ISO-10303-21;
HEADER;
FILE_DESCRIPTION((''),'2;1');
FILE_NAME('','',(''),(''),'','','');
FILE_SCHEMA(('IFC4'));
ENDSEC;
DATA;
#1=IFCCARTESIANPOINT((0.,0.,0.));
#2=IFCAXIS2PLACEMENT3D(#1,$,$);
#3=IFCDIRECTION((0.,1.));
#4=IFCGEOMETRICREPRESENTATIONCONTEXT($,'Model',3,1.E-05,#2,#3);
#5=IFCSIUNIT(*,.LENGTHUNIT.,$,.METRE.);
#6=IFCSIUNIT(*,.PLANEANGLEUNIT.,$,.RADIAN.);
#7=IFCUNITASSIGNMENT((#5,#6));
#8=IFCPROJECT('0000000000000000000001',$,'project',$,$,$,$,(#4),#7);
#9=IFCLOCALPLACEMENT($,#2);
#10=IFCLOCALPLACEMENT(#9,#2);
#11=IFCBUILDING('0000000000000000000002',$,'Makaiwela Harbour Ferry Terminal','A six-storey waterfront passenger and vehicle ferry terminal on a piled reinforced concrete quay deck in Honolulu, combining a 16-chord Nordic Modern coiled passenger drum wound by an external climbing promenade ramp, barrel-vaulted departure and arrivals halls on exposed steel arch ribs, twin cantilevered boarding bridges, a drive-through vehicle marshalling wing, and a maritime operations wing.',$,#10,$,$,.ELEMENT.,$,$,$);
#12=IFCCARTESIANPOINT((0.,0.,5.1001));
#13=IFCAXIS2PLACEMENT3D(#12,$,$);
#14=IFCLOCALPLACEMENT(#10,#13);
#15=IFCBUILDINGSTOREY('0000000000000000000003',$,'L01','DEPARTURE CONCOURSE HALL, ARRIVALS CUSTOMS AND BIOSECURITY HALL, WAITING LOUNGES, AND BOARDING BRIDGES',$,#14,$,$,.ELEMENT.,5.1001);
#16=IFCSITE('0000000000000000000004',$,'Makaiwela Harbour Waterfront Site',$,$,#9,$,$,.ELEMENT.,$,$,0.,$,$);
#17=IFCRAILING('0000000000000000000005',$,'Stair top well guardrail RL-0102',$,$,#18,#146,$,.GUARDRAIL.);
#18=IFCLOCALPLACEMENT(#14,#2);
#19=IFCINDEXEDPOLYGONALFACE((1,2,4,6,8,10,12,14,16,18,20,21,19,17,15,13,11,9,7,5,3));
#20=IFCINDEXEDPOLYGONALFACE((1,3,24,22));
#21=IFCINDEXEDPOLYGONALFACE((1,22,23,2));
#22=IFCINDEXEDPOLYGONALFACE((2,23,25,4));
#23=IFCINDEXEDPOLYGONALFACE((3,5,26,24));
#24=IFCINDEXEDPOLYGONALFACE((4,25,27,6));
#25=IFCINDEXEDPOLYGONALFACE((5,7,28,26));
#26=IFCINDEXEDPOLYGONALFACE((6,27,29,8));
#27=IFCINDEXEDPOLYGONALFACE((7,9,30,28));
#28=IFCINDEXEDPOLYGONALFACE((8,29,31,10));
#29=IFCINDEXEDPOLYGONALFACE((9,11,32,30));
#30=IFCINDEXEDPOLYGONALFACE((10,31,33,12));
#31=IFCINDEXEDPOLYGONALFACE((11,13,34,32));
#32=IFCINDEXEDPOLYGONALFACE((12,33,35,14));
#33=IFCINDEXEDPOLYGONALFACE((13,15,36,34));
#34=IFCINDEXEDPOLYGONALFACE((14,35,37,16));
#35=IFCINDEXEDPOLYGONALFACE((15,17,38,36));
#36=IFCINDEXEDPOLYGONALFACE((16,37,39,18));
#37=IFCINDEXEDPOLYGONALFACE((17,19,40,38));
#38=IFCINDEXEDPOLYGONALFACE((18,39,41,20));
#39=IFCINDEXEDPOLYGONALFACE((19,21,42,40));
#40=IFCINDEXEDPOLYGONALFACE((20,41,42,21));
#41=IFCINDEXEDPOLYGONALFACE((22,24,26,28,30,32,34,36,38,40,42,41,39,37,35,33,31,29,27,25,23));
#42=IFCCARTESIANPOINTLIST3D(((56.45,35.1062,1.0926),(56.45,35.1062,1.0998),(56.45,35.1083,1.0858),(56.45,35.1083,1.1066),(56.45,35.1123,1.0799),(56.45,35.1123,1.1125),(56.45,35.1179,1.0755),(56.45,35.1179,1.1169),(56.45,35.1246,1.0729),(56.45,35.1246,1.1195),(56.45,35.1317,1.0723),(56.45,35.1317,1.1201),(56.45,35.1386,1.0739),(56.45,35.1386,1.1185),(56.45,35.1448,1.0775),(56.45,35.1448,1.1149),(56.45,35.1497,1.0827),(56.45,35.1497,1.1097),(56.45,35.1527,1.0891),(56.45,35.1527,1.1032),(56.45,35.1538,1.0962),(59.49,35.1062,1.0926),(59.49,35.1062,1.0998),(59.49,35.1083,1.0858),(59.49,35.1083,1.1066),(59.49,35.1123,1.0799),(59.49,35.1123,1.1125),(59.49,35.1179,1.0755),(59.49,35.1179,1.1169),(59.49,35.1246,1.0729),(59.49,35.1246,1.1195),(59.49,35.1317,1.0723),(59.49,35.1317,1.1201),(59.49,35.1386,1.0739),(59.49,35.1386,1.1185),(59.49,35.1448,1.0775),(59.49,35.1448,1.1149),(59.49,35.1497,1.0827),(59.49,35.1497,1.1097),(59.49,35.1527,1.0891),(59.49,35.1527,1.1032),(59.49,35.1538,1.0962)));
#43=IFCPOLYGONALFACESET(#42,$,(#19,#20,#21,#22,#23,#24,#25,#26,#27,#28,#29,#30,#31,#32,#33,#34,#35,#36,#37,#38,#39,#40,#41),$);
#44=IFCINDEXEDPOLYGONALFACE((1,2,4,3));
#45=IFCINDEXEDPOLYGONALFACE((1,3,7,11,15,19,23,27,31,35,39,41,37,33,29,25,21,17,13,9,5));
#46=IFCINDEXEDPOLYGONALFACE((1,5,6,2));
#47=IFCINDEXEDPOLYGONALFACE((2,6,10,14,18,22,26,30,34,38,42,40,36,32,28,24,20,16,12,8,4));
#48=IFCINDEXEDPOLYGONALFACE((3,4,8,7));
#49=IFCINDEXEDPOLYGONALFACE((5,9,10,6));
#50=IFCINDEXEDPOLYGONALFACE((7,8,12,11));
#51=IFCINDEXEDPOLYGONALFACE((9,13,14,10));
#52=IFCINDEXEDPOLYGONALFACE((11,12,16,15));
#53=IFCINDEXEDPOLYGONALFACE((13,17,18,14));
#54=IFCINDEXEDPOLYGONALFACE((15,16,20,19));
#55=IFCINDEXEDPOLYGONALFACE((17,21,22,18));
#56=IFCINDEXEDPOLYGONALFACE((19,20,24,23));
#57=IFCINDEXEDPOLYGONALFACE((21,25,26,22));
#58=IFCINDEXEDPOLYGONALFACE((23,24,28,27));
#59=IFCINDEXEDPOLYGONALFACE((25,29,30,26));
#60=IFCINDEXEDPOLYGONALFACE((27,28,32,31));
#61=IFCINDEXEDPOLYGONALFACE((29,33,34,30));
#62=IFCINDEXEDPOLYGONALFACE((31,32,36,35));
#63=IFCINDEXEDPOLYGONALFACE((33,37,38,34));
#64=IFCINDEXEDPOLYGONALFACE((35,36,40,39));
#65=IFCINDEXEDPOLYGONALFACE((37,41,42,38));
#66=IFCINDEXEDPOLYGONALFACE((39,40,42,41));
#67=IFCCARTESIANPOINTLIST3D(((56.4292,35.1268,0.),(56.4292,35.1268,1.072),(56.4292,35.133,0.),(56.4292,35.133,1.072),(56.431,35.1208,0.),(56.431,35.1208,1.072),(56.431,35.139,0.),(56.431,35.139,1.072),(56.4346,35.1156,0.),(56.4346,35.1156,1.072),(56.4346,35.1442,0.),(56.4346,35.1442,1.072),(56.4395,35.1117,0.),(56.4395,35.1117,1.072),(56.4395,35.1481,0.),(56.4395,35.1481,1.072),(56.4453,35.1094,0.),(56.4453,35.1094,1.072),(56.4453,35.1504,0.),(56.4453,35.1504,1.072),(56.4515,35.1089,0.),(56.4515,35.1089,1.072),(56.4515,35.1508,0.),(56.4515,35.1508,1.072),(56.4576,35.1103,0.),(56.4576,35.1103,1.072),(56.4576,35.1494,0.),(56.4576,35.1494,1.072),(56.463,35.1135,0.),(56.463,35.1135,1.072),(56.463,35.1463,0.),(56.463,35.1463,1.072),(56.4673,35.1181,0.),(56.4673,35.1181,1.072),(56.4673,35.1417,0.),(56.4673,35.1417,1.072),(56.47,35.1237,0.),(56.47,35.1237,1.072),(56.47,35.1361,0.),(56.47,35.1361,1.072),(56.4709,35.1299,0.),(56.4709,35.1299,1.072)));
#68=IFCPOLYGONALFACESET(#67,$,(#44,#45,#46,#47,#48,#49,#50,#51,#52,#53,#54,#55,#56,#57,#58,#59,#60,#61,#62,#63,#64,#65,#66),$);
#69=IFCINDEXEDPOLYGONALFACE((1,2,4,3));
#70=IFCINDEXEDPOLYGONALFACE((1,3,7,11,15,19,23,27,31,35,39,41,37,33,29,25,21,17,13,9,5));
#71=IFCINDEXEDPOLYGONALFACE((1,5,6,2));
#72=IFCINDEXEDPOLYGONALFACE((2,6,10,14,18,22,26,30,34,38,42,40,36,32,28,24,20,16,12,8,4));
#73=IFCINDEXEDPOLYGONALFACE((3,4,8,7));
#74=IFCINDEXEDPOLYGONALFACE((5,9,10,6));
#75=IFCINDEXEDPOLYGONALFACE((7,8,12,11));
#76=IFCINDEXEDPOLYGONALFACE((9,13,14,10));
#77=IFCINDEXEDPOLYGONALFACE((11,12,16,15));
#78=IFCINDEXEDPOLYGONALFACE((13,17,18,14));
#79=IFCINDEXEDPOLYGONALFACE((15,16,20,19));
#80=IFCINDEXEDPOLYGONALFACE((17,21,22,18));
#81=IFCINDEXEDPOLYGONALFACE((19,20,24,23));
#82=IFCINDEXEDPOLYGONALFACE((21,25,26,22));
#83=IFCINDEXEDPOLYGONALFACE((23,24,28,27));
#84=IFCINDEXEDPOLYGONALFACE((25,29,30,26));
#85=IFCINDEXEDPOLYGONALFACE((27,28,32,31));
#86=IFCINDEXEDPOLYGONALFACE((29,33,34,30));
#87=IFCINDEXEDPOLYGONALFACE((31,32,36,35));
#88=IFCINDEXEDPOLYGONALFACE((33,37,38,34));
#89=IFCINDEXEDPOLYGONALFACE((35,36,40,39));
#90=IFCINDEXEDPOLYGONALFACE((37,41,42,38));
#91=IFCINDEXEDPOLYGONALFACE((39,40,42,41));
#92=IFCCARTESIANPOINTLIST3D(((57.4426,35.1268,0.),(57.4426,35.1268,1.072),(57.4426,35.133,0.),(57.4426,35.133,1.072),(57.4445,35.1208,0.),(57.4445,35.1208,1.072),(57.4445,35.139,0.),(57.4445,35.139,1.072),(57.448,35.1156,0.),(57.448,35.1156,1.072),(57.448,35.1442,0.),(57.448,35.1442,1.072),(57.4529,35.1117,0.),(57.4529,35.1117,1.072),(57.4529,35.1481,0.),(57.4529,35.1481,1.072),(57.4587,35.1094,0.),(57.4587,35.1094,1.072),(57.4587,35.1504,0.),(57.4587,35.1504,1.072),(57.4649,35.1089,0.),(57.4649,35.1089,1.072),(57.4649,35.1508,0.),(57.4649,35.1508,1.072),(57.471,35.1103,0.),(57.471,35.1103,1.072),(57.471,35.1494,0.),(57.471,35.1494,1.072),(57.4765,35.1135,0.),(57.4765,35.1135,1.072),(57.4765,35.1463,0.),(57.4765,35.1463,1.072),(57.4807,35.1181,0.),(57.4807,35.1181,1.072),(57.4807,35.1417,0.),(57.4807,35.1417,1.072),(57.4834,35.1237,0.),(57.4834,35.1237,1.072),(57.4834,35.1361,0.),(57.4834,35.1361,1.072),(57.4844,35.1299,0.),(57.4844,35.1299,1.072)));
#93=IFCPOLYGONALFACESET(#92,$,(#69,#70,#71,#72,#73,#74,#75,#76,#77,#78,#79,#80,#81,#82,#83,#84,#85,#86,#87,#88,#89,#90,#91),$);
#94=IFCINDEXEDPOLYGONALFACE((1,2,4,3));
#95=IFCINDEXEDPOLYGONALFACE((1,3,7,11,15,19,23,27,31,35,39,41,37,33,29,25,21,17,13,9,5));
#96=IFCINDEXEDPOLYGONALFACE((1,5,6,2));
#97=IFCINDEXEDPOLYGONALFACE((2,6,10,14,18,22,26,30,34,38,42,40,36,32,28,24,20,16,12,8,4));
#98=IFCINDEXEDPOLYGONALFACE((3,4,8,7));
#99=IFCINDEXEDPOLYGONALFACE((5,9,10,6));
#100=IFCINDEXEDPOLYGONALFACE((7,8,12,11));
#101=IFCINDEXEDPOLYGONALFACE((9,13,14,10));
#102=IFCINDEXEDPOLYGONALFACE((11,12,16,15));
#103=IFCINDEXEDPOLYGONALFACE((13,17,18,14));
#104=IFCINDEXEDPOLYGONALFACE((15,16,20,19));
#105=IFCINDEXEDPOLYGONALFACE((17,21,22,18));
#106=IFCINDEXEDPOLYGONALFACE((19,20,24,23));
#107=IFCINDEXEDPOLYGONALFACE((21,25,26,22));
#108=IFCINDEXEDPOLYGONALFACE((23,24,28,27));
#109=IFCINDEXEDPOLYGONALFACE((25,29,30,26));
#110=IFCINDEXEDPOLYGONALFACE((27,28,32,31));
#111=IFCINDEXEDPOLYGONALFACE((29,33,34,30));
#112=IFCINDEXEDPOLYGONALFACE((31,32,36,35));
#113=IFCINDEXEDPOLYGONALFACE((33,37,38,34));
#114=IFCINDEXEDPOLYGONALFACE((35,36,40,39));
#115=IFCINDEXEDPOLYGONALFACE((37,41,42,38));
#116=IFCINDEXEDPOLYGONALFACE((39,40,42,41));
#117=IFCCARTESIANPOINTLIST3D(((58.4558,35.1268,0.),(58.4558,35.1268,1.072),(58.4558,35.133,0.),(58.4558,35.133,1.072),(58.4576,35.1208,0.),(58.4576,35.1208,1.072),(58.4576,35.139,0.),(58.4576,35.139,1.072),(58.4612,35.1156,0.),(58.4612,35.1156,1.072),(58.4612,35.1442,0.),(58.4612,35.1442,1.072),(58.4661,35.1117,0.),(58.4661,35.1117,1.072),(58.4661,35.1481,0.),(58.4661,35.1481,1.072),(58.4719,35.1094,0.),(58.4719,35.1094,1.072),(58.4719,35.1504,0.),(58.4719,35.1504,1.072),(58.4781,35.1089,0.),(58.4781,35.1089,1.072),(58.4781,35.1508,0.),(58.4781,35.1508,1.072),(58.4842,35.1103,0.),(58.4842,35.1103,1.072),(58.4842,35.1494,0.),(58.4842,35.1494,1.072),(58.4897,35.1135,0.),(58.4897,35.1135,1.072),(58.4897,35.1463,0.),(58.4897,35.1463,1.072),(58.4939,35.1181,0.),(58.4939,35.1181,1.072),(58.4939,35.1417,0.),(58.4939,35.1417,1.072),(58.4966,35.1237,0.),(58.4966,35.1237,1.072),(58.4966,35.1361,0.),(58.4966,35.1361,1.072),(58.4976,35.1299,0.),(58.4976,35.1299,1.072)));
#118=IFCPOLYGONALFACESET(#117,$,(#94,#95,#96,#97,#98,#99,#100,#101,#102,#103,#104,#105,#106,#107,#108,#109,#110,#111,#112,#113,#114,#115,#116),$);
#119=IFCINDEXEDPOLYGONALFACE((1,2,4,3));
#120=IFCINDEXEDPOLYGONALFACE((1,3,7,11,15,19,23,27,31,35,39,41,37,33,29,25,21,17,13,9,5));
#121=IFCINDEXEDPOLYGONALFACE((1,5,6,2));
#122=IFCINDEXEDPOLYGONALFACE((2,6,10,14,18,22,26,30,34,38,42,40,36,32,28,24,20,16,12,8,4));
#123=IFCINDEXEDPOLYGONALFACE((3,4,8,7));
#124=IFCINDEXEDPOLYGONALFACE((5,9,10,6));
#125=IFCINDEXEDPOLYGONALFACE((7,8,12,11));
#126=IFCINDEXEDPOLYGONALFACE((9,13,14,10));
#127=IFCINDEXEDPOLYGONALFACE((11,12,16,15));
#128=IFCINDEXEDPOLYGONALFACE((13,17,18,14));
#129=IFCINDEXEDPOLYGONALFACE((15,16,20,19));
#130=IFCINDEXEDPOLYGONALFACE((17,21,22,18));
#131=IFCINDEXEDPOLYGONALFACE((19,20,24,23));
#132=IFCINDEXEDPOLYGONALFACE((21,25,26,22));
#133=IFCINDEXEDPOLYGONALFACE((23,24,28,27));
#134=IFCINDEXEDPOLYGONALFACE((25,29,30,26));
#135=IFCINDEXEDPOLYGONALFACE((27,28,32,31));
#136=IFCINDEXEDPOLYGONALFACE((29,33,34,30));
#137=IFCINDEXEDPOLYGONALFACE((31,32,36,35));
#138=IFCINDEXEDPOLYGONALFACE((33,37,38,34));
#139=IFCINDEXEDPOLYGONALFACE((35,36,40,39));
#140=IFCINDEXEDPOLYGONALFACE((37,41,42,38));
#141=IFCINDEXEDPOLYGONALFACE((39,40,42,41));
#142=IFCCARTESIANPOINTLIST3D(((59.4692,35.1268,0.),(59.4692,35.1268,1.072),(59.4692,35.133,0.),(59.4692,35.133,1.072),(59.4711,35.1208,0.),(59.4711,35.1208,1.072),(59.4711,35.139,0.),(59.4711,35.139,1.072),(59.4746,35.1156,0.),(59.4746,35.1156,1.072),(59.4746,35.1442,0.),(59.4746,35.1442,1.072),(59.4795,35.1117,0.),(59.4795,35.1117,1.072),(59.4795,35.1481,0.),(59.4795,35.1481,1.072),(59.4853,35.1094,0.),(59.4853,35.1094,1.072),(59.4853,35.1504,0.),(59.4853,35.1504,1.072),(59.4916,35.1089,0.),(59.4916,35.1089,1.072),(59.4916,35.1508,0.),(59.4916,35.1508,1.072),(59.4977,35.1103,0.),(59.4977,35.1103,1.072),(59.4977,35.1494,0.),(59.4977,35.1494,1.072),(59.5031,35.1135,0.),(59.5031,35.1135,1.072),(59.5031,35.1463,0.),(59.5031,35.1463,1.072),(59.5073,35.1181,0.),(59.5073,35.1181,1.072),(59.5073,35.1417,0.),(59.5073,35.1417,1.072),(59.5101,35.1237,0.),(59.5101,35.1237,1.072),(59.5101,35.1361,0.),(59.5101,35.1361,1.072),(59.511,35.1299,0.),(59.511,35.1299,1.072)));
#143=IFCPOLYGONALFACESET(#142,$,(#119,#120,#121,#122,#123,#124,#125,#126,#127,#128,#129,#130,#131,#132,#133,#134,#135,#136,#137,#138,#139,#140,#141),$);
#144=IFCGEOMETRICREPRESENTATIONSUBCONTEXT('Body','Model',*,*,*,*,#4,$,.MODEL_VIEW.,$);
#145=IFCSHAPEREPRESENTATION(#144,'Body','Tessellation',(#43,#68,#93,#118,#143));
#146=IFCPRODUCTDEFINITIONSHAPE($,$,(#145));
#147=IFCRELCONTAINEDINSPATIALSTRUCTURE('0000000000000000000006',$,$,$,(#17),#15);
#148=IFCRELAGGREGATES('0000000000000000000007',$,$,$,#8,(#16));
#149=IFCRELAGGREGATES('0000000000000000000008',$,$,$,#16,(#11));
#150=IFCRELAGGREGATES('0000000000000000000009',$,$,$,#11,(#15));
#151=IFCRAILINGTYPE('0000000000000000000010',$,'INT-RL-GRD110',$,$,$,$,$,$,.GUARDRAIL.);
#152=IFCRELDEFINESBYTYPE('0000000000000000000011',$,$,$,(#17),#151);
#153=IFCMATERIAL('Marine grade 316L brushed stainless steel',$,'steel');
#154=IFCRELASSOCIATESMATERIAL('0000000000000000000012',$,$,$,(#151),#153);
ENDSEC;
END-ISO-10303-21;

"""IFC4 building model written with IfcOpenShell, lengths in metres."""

from ifc_helpers import new_model, si_unit, direction, frame, origin, origin_2d, place, context, subcontext, project, spatial, circle, extrude, material, type_object, element, save


model = new_model("IFC4")

# Units and contexts
model_context = context("Model", 3, precision=1e-05, world=origin(), true_north=direction((0.0, 1.0)))
body_context = subcontext(model_context, "Body", "Model", "MODEL_VIEW")
ifc_project = project(units=[si_unit("LENGTHUNIT", "METRE"), si_unit("PLANEANGLEUNIT", "RADIAN")], contexts=[model_context])

# Site, building, storey
site_placement = place(None, origin())
site = spatial("IfcSite", under=ifc_project, at=site_placement, Name="Makaiwela Harbour Waterfront Site", CompositionType="ELEMENT", RefElevation=0.0)
building_placement = place(site_placement, origin())
building = spatial("IfcBuilding", under=site, at=building_placement, Name="Makaiwela Harbour Ferry Terminal", Description="A six-storey waterfront passenger and vehicle ferry terminal on a piled reinforced concrete quay deck in Honolulu, combining a 16-chord Nordic Modern coiled passenger drum wound by an external climbing promenade ramp, barrel-vaulted departure and arrivals halls on exposed steel arch ribs, twin cantilevered boarding bridges, a drive-through vehicle marshalling wing, and a maritime operations wing.", CompositionType="ELEMENT")
storey_placement = place(building_placement, frame((0.0, 0.0, 5.1001)))
storey = spatial("IfcBuildingStorey", under=building, at=storey_placement, Name="L01", Description="DEPARTURE CONCOURSE HALL, ARRIVALS CUSTOMS AND BIOSECURITY HALL, WAITING LOUNGES, AND BOARDING BRIDGES", CompositionType="ELEMENT", Elevation=5.1001)

# Railing
ifc_material_1 = material(Name="Marine grade 316L brushed stainless steel", Category="steel")
railing_type = type_object("IfcRailingType", Name="INT-RL-GRD110", PredefinedType="GUARDRAIL", material=ifc_material_1)
railing_1_placement = place(storey_placement, frame((56.45, 35.1299, 0.0)))
element("IfcRailing", 1, at=railing_1_placement, inside=storey, type_object=railing_type, Name="Stair top well guardrail RL-0102", PredefinedType="GUARDRAIL", context=body_context, shape_type="SweptSolid", body=[
    extrude(circle(Radius=0.0239, at=origin_2d()), frame((0.0, 0.0, 1.0962), z_axis=(1.0, 0.0, 0.0), x_axis=(0.0, 1.0, 0.0)), (0.0, 0.0, 1.0), 3.04),
    extrude(circle(Radius=0.021, at=origin_2d()), origin(), (0.0, 0.0, 1.0), 1.072),
    extrude(circle(Radius=0.021, at=origin_2d()), frame((1.0134, 0.0, 0.0)), (0.0, 0.0, 1.0), 1.072),
    extrude(circle(Radius=0.021, at=origin_2d()), frame((2.0266, 0.0, 0.0)), (0.0, 0.0, 1.0), 1.072),
    extrude(circle(Radius=0.021, at=origin_2d()), frame((3.04, 0.0, 0.0)), (0.0, 0.0, 1.0), 1.072),
])

save(model, "model.ifc")
